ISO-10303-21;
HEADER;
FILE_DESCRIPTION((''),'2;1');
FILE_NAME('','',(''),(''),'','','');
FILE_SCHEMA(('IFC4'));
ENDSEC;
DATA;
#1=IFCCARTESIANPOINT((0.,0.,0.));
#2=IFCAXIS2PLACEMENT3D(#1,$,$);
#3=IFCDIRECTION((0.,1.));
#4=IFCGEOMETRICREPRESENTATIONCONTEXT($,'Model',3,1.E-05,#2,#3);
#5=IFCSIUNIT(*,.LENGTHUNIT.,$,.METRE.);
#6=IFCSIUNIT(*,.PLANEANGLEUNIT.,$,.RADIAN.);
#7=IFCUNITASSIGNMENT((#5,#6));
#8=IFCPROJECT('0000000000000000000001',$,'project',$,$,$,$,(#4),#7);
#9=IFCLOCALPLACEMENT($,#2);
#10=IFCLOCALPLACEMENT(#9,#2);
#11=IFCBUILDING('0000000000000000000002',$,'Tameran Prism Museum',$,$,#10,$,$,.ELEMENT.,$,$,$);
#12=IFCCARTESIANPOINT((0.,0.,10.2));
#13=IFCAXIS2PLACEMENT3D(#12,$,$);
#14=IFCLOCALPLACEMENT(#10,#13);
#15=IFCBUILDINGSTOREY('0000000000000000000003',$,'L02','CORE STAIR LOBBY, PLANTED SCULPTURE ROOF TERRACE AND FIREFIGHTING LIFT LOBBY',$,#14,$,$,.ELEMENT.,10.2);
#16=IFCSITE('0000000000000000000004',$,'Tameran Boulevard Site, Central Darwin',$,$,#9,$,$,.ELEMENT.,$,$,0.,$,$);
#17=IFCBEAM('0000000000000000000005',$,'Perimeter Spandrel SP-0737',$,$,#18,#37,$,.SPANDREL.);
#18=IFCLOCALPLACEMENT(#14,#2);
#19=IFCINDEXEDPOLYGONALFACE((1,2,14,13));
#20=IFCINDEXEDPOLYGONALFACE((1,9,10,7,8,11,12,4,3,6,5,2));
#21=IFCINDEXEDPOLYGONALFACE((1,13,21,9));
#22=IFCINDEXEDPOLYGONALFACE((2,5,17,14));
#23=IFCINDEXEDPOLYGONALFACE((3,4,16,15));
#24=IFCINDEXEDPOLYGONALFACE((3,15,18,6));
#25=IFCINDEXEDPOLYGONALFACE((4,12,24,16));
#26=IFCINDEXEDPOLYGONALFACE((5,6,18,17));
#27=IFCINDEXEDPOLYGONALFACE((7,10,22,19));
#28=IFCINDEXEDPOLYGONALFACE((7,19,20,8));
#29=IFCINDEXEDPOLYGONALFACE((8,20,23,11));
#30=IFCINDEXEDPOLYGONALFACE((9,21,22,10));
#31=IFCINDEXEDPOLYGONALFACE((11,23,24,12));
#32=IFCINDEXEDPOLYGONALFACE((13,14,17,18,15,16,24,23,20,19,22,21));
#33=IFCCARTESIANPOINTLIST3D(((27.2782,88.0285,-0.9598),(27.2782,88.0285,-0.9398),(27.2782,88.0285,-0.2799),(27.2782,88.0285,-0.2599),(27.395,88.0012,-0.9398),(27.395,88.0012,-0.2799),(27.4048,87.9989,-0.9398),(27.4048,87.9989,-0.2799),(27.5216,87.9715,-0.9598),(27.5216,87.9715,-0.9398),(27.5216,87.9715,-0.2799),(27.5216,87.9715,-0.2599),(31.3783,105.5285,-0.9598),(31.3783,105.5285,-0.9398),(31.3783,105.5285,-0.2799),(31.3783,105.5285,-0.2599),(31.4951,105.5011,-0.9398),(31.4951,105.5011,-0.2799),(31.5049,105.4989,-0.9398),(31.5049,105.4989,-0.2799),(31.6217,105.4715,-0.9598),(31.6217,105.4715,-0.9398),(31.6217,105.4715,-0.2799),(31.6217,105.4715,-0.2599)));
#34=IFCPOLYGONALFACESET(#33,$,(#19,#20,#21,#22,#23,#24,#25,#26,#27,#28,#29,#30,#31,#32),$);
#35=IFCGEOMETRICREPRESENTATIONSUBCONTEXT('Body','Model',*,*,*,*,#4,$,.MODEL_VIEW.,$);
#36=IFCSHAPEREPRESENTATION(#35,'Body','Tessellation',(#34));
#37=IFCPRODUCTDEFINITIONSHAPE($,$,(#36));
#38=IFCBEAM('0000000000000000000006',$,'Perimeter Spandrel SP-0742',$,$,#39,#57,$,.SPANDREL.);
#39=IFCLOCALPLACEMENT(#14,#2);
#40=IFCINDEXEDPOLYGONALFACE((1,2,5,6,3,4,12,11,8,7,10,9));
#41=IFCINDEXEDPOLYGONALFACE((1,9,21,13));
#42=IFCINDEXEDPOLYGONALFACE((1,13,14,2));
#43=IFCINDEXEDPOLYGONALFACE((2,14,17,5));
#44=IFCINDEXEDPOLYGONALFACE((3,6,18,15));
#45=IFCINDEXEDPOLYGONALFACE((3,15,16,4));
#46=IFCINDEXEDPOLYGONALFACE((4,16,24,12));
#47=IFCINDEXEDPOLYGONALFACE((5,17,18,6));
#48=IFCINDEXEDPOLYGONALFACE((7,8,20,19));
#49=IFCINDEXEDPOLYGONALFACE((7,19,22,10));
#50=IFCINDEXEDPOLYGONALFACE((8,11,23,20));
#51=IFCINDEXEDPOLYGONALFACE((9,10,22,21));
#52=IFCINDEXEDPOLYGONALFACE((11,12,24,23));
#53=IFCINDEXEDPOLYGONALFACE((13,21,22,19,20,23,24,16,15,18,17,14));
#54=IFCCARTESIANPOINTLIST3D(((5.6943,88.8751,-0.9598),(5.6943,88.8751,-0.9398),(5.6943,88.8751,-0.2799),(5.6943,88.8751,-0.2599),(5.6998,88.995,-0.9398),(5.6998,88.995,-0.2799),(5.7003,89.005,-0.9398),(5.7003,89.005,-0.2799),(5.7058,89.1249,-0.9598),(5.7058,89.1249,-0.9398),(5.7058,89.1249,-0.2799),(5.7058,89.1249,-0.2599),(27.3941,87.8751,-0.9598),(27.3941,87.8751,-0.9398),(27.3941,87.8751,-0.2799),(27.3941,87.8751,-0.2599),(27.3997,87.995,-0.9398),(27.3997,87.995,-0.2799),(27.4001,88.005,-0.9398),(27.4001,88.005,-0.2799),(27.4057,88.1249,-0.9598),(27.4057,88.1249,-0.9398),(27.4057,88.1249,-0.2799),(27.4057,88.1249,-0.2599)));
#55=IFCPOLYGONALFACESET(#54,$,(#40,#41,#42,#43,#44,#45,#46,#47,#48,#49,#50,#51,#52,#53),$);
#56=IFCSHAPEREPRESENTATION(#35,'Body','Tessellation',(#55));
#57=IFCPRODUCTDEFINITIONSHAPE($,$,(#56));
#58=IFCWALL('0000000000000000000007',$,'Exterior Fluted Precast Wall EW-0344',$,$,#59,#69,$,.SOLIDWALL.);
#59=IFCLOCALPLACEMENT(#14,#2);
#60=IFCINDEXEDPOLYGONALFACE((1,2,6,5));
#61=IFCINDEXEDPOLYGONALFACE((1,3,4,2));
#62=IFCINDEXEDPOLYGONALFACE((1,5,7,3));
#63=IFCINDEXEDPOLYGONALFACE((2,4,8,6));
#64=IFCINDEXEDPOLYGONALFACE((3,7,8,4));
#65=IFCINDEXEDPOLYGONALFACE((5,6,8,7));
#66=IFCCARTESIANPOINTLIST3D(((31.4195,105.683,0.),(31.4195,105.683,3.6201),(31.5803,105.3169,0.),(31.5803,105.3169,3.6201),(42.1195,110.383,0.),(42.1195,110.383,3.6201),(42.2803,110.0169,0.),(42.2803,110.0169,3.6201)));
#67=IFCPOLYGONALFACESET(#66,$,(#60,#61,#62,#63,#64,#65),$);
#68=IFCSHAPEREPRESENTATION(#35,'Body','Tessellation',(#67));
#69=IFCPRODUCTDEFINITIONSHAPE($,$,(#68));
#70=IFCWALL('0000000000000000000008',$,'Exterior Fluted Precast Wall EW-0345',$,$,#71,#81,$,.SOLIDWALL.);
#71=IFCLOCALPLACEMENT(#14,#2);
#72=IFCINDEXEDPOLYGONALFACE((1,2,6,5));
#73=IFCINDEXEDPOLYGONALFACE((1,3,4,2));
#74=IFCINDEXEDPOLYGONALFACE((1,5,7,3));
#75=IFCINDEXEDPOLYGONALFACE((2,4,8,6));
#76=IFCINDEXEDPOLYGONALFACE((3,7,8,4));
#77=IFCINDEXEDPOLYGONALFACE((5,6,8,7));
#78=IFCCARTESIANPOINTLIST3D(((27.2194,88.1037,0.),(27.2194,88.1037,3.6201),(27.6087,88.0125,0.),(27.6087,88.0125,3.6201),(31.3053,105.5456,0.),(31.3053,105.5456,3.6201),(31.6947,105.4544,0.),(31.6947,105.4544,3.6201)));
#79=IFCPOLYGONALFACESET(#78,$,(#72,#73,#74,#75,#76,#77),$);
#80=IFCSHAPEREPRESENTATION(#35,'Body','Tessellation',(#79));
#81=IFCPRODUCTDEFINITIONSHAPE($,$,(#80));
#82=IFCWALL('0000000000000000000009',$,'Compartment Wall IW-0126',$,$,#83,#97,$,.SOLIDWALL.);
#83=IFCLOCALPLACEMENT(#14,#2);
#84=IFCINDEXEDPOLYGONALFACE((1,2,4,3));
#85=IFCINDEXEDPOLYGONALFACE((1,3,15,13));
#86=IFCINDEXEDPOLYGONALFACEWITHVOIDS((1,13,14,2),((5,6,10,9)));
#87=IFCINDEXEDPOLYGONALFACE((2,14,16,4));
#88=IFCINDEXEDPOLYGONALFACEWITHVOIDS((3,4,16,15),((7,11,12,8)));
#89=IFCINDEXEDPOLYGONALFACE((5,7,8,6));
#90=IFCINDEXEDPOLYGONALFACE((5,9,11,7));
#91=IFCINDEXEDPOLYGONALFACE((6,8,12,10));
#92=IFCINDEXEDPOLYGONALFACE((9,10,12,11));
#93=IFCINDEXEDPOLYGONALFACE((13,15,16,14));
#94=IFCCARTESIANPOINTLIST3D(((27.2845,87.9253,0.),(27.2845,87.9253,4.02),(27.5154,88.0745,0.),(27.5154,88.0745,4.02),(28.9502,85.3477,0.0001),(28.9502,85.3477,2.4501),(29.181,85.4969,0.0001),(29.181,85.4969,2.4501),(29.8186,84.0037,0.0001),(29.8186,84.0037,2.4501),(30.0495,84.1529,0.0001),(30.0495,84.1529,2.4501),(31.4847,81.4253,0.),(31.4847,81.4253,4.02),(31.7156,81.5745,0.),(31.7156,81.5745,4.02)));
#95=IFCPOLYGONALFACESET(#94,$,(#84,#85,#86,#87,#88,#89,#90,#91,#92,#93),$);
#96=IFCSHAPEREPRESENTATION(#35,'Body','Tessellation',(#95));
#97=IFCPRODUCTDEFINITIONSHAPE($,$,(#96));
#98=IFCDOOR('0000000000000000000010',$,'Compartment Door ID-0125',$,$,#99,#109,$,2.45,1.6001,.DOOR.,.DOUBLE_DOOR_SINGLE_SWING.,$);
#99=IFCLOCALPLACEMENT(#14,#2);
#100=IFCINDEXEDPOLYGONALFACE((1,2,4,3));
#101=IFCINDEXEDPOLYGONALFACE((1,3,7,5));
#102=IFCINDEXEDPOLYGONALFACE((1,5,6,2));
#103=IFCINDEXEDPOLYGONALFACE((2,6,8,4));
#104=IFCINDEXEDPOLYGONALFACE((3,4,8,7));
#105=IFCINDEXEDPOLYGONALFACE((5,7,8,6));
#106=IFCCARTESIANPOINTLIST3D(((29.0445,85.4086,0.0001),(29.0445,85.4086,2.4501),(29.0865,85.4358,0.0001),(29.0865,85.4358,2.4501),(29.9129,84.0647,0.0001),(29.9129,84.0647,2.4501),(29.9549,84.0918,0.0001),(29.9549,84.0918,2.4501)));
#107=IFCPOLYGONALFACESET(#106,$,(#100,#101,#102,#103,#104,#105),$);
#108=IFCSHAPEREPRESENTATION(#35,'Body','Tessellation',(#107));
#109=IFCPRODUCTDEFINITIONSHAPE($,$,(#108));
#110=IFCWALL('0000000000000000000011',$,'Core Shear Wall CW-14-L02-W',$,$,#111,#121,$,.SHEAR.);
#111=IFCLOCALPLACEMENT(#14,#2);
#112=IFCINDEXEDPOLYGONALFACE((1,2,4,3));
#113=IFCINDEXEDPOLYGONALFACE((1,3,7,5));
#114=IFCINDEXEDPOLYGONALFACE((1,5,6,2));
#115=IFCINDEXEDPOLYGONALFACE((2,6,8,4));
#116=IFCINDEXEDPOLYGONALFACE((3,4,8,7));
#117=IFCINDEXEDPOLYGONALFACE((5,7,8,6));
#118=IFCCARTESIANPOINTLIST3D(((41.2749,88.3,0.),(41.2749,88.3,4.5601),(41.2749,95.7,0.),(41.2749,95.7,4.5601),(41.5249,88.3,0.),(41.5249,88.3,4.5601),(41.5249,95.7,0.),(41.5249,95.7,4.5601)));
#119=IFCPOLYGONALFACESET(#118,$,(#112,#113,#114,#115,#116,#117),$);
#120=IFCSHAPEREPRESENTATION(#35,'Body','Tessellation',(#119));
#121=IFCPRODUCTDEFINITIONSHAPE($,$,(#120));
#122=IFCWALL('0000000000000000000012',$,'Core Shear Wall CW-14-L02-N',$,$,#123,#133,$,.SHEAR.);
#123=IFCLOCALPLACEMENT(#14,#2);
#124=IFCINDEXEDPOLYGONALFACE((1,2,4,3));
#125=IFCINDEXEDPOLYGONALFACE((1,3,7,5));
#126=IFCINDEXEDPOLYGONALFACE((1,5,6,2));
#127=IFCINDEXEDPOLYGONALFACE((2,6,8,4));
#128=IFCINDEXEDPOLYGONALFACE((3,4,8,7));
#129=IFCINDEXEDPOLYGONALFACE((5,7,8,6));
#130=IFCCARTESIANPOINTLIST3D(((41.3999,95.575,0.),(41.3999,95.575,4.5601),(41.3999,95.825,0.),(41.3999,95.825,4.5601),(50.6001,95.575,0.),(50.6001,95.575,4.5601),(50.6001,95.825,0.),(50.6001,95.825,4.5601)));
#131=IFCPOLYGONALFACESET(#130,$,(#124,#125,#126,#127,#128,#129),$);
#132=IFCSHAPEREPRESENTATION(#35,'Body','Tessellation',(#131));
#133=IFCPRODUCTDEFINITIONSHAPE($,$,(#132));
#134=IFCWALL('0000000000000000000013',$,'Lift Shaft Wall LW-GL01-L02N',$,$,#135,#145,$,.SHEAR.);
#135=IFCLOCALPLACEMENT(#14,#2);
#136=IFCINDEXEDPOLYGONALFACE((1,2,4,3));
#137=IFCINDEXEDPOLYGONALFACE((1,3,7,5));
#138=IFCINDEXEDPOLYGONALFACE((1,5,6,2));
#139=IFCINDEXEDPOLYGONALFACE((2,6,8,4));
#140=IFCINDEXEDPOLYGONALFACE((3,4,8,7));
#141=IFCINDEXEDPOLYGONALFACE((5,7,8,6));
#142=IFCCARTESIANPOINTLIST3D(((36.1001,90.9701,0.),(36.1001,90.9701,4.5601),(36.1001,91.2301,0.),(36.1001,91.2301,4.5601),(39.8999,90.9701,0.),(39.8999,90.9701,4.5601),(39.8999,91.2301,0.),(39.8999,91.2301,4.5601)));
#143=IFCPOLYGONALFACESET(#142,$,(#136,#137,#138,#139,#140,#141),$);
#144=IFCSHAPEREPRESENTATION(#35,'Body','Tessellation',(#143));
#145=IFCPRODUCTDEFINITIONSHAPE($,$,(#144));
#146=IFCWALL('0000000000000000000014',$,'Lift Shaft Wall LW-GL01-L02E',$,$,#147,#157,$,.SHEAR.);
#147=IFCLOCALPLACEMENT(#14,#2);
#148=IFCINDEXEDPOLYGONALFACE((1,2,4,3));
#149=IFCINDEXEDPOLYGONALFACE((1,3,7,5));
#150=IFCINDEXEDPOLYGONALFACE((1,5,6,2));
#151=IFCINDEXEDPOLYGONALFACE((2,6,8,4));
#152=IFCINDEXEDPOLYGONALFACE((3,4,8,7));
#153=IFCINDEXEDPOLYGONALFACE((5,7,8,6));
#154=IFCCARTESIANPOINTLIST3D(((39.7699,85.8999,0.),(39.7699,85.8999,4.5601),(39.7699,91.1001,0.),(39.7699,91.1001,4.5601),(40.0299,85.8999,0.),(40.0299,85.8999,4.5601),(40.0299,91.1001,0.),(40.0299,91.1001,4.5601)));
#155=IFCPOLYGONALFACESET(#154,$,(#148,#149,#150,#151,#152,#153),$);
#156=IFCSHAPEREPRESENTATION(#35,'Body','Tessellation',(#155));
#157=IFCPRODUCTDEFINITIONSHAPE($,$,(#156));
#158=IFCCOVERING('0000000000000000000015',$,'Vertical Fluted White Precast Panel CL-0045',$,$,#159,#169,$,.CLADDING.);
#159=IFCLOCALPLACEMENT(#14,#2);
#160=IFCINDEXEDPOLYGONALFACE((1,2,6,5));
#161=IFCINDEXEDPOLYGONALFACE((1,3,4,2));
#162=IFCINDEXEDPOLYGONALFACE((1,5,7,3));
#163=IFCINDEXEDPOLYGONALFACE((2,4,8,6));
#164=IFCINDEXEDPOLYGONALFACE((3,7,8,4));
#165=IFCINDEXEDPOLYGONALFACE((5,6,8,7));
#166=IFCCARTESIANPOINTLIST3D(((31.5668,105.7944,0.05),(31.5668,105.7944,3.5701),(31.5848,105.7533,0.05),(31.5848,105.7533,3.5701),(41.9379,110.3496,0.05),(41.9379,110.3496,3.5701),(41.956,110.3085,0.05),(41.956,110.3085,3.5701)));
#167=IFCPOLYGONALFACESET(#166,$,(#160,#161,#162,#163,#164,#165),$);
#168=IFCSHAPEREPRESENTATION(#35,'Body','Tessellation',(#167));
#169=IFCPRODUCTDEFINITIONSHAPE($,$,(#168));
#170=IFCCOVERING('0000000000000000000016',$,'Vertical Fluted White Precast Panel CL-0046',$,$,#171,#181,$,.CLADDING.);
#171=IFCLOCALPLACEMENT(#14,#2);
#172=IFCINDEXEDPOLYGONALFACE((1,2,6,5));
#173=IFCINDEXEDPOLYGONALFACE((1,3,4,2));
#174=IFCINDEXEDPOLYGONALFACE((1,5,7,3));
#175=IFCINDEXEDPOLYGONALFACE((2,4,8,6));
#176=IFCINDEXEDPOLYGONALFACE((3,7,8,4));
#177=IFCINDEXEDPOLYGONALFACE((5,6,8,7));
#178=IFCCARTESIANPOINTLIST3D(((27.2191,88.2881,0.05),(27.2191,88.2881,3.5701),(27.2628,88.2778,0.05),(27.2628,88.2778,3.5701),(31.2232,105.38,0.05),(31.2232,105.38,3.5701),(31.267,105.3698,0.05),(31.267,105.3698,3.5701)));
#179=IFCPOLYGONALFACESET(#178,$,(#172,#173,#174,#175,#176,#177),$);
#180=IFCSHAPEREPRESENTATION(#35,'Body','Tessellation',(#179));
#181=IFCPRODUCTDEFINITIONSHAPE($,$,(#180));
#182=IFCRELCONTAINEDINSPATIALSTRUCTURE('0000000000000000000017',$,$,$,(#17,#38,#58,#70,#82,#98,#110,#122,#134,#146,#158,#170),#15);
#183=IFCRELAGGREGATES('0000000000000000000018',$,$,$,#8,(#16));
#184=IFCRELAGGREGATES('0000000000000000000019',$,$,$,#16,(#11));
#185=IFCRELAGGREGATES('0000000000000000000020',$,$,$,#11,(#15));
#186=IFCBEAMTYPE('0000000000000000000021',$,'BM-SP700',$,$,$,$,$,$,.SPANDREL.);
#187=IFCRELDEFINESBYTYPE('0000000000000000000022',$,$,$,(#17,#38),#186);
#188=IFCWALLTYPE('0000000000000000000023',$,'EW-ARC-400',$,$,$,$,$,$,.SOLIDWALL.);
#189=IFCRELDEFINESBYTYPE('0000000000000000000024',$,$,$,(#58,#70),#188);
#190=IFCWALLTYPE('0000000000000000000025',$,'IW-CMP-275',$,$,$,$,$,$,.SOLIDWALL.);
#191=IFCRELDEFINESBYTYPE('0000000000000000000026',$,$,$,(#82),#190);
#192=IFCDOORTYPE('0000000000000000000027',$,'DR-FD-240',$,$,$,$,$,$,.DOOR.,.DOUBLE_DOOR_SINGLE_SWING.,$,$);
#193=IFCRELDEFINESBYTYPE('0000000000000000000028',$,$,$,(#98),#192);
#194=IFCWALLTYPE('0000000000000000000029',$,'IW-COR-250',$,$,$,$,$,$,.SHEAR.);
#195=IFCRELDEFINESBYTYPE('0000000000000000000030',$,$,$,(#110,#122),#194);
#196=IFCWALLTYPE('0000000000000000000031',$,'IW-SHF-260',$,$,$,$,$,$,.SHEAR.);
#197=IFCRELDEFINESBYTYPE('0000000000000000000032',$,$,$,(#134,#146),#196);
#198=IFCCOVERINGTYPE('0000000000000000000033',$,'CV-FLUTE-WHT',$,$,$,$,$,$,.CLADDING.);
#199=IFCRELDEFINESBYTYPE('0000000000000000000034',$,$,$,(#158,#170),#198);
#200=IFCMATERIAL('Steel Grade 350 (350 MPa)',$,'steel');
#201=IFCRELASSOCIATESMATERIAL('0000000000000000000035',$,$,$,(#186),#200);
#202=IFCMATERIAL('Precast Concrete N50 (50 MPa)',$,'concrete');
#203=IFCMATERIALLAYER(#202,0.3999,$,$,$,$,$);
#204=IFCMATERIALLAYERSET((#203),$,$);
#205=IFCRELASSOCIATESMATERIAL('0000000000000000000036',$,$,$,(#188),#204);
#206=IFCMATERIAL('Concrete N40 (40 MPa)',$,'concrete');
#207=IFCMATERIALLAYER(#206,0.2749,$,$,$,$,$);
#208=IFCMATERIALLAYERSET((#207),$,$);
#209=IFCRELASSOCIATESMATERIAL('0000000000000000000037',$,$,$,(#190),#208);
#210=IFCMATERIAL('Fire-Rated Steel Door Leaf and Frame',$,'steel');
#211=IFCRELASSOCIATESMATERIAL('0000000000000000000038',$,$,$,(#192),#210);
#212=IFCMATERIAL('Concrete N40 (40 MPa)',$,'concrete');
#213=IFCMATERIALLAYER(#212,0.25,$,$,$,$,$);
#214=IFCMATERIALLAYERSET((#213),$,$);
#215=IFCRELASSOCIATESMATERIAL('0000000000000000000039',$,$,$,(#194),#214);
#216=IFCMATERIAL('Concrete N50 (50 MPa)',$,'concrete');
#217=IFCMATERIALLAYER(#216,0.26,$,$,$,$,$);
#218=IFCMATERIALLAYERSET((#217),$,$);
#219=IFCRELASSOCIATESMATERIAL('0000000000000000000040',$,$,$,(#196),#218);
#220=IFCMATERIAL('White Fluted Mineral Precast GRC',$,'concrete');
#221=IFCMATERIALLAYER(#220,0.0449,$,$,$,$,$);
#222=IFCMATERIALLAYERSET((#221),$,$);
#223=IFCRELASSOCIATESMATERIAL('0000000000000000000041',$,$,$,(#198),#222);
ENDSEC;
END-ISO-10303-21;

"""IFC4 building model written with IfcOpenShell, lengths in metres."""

from ifc_helpers import new_model, si_unit, direction, frame, frame_2d, origin, origin_2d, place, context, subcontext, project, spatial, rectangle, i_section, extrude, material, layer, layer_set, material_profile, profile_set, type_object, element, fill, save


model = new_model("IFC4")

# Units and contexts
model_context = context("Model", 3, precision=1e-05, world=origin(), true_north=direction((0.0, 1.0)))
body_context = subcontext(model_context, "Body", "Model", "MODEL_VIEW")
ifc_project = project(units=[si_unit("LENGTHUNIT", "METRE"), si_unit("PLANEANGLEUNIT", "RADIAN")], contexts=[model_context])

# Site, building, storey
site_placement = place(None, origin())
site = spatial("IfcSite", under=ifc_project, at=site_placement, Name="Tameran Boulevard Site, Central Darwin", CompositionType="ELEMENT", RefElevation=0.0)
building_placement = place(site_placement, origin())
building = spatial("IfcBuilding", under=site, at=building_placement, Name="Tameran Prism Museum", CompositionType="ELEMENT")
storey_placement = place(building_placement, frame((0.0, 0.0, 10.2)))
storey = spatial("IfcBuildingStorey", under=building, at=storey_placement, Name="L02", Description="CORE STAIR LOBBY, PLANTED SCULPTURE ROOF TERRACE AND FIREFIGHTING LIFT LOBBY", CompositionType="ELEMENT", Elevation=10.2)

# Beams
ifc_material_1 = material(Name="Steel Grade 350 (350 MPa)", Category="steel")
ifc_material_profile_1 = material_profile(ifc_material_1, i_section(OverallWidth=0.25, OverallDepth=0.7, WebThickness=0.01, FlangeThickness=0.02, at=origin_2d()))
ifc_profile_set_1 = profile_set([ifc_material_profile_1])
beam_type_1 = type_object("IfcBeamType", Name="BM-SP700", PredefinedType="SPANDREL", material=ifc_profile_set_1)
beam_1_placement = place(storey_placement, frame((31.5, 105.5, -0.6099), z_axis=(-0.228114, -0.973634, 0.0), x_axis=(0.973634, -0.228114, 0.0)))
element("IfcBeam", 1, at=beam_1_placement, inside=storey, type_object=beam_type_1, Name="Perimeter Spandrel SP-0737", PredefinedType="SPANDREL", context=body_context, shape_type="SweptSolid", body=[
    extrude(i_section(OverallWidth=0.25, OverallDepth=0.7, WebThickness=0.01, FlangeThickness=0.02, at=origin_2d()), origin(), (0.0, 0.0, 1.0), 17.9739),
])
beam_2_placement = place(storey_placement, frame((27.3999, 88.0, -0.6099), z_axis=(-0.99894, 0.046034, 0.0), x_axis=(-0.046034, -0.99894, 0.0)))
element("IfcBeam", 2, at=beam_2_placement, inside=storey, type_object=beam_type_1, Name="Perimeter Spandrel SP-0742", PredefinedType="SPANDREL", context=body_context, shape_type="SweptSolid", body=[
    extrude(i_section(OverallWidth=0.25, OverallDepth=0.7, WebThickness=0.01, FlangeThickness=0.02, at=origin_2d()), origin(), (0.0, 0.0, 1.0), 21.7229),
])

# Walls
ifc_material_2 = material(Name="Precast Concrete N50 (50 MPa)", Category="concrete")
ifc_layer_1 = layer(ifc_material_2, 0.3999)
ifc_layer_set_1 = layer_set([ifc_layer_1])
wall_type_1 = type_object("IfcWallType", Name="EW-ARC-400", PredefinedType="SOLIDWALL", material=ifc_layer_set_1)
wall_1_placement = place(storey_placement, frame((31.5, 105.5, 0.0), z_axis=(0.0, 0.0, 1.0), x_axis=(0.915568, 0.402163, 0.0)))
element("IfcWall", 3, at=wall_1_placement, inside=storey, type_object=wall_type_1, Name="Exterior Fluted Precast Wall EW-0344", PredefinedType="SOLIDWALL", context=body_context, shape_type="SweptSolid", body=[
    extrude(rectangle(XDim=11.6868, YDim=0.3999, at=frame_2d((5.8433, 0.0))), origin(), (0.0, 0.0, 1.0), 3.6201),
])
wall_2_placement = place(storey_placement, frame((27.4141, 88.0581, 0.0), z_axis=(0.0, 0.0, 1.0), x_axis=(0.228085, 0.973641, 0.0)))
element("IfcWall", 4, at=wall_2_placement, inside=storey, type_object=wall_type_1, Name="Exterior Fluted Precast Wall EW-0345", PredefinedType="SOLIDWALL", context=body_context, shape_type="SweptSolid", body=[
    extrude(rectangle(XDim=17.9141, YDim=0.3999, at=frame_2d((8.957, 0.0))), origin(), (0.0, 0.0, 1.0), 3.6201),
])

# Wall, opening, door
ifc_material_3 = material(Name="Concrete N40 (40 MPa)", Category="concrete")
ifc_layer_2 = layer(ifc_material_3, 0.2749)
ifc_layer_set_2 = layer_set([ifc_layer_2])
wall_type_2 = type_object("IfcWallType", Name="IW-CMP-275", PredefinedType="SOLIDWALL", material=ifc_layer_set_2)
wall_3_placement = place(storey_placement, frame((27.3999, 88.0, 0.0), z_axis=(0.0, 0.0, 1.0), x_axis=(0.542733, -0.839905, 0.0)))
wall_3 = element("IfcWall", 5, at=wall_3_placement, inside=storey, type_object=wall_type_2, Name="Compartment Wall IW-0126", PredefinedType="SOLIDWALL", context=body_context, shape_type="SweptSolid", body=[
    extrude(rectangle(XDim=7.739, YDim=0.2749, at=frame_2d((3.8696, 0.0))), origin(), (0.0, 0.0, 1.0), 4.02),
])
opening_placement = place(wall_3_placement, frame((3.0691, 0.0, 0.0)))
opening = element("IfcOpeningElement", 6, at=opening_placement, cuts=wall_3, PredefinedType="OPENING", context=body_context, shape_type="SweptSolid", body=[
    extrude(rectangle(XDim=1.6001, YDim=2.45, at=frame_2d((0.8, 1.2251))), frame((0.0, 0.1475, 0.0), z_axis=(0.0, -1.0, 0.0), x_axis=(1.0, 0.0, 0.0)), (0.0, 0.0, 1.0), 0.2949),
])
ifc_material_4 = material(Name="Fire-Rated Steel Door Leaf and Frame", Category="steel")
door_type = type_object("IfcDoorType", Name="DR-FD-240", OperationType="DOUBLE_DOOR_SINGLE_SWING", PredefinedType="DOOR", material=ifc_material_4)
door_placement = place(opening_placement, origin())
door = element("IfcDoor", 7, at=door_placement, inside=storey, type_object=door_type, Name="Compartment Door ID-0125", OperationType="DOUBLE_DOOR_SINGLE_SWING", OverallHeight=2.45, OverallWidth=1.6001, PredefinedType="DOOR", context=body_context, shape_type="SweptSolid", body=[
    extrude(rectangle(XDim=1.6001, YDim=2.45, at=frame_2d((0.8, 1.2251))), frame((0.0, 0.0249, 0.0), z_axis=(0.0, -1.0, 0.0), x_axis=(1.0, 0.0, 0.0)), (0.0, 0.0, 1.0), 0.05),
])
fill(opening, door)

# Walls
ifc_material_5 = material(Name="Concrete N40 (40 MPa)", Category="concrete")
ifc_layer_3 = layer(ifc_material_5, 0.25)
ifc_layer_set_3 = layer_set([ifc_layer_3])
wall_type_3 = type_object("IfcWallType", Name="IW-COR-250", PredefinedType="SHEAR", material=ifc_layer_set_3)
wall_4_placement = place(storey_placement, frame((41.3999, 88.3, 0.0), z_axis=(0.0, 0.0, 1.0), x_axis=(0.0, 1.0, 0.0)))
element("IfcWall", 8, at=wall_4_placement, inside=storey, type_object=wall_type_3, Name="Core Shear Wall CW-14-L02-W", PredefinedType="SHEAR", context=body_context, shape_type="SweptSolid", body=[
    extrude(rectangle(XDim=7.3999, YDim=0.25, at=frame_2d((3.7, 0.0))), origin(), (0.0, 0.0, 1.0), 4.5601),
])
wall_5_placement = place(storey_placement, frame((41.3999, 95.7, 0.0), z_axis=(0.0, 0.0, 1.0), x_axis=(1.0, 0.0, 0.0)))
element("IfcWall", 9, at=wall_5_placement, inside=storey, type_object=wall_type_3, Name="Core Shear Wall CW-14-L02-N", PredefinedType="SHEAR", context=body_context, shape_type="SweptSolid", body=[
    extrude(rectangle(XDim=9.2002, YDim=0.25, at=frame_2d((4.6001, 0.0))), origin(), (0.0, 0.0, 1.0), 4.5601),
])
ifc_material_6 = material(Name="Concrete N50 (50 MPa)", Category="concrete")
ifc_layer_4 = layer(ifc_material_6, 0.26)
ifc_layer_set_4 = layer_set([ifc_layer_4])
wall_type_4 = type_object("IfcWallType", Name="IW-SHF-260", PredefinedType="SHEAR", material=ifc_layer_set_4)
wall_6_placement = place(storey_placement, frame((36.1001, 91.1001, 0.0), z_axis=(0.0, 0.0, 1.0), x_axis=(1.0, 0.0, 0.0)))
element("IfcWall", 10, at=wall_6_placement, inside=storey, type_object=wall_type_4, Name="Lift Shaft Wall LW-GL01-L02N", PredefinedType="SHEAR", context=body_context, shape_type="SweptSolid", body=[
    extrude(rectangle(XDim=3.7998, YDim=0.26, at=frame_2d((1.8999, 0.0))), origin(), (0.0, 0.0, 1.0), 4.5601),
])
wall_7_placement = place(storey_placement, frame((39.8999, 91.1001, 0.0), z_axis=(0.0, 0.0, 1.0), x_axis=(0.0, -1.0, 0.0)))
element("IfcWall", 11, at=wall_7_placement, inside=storey, type_object=wall_type_4, Name="Lift Shaft Wall LW-GL01-L02E", PredefinedType="SHEAR", context=body_context, shape_type="SweptSolid", body=[
    extrude(rectangle(XDim=5.2002, YDim=0.26, at=frame_2d((2.6001, 0.0))), origin(), (0.0, 0.0, 1.0), 4.5601),
])

# Coverings
ifc_material_7 = material(Name="White Fluted Mineral Precast GRC", Category="concrete")
ifc_layer_5 = layer(ifc_material_7, 0.0449)
ifc_layer_set_5 = layer_set([ifc_layer_5])
covering_type = type_object("IfcCoveringType", Name="CV-FLUTE-WHT", PredefinedType="CLADDING", material=ifc_layer_set_5)
covering_1_placement = place(storey_placement, frame((31.5759, 105.7739, 0.05), z_axis=(0.0, 0.0, 1.0), x_axis=(0.915579, 0.402139, 0.0)))
element("IfcCovering", 12, at=covering_1_placement, inside=storey, type_object=covering_type, Name="Vertical Fluted White Precast Panel CL-0045", PredefinedType="CLADDING", context=body_context, shape_type="SweptSolid", body=[
    extrude(rectangle(XDim=11.3274, YDim=0.0449, at=frame_2d((5.6636, 0.0))), origin(), (0.0, 0.0, 1.0), 3.52),
])
covering_2_placement = place(storey_placement, frame((27.241, 88.283, 0.05), z_axis=(0.0, 0.0, 1.0), x_axis=(0.228094, 0.973639, 0.0)))
element("IfcCovering", 13, at=covering_2_placement, inside=storey, type_object=covering_type, Name="Vertical Fluted White Precast Panel CL-0046", PredefinedType="CLADDING", context=body_context, shape_type="SweptSolid", body=[
    extrude(rectangle(XDim=17.5547, YDim=0.0449, at=frame_2d((8.7773, 0.0))), origin(), (0.0, 0.0, 1.0), 3.52),
])

save(model, "model.ifc")
